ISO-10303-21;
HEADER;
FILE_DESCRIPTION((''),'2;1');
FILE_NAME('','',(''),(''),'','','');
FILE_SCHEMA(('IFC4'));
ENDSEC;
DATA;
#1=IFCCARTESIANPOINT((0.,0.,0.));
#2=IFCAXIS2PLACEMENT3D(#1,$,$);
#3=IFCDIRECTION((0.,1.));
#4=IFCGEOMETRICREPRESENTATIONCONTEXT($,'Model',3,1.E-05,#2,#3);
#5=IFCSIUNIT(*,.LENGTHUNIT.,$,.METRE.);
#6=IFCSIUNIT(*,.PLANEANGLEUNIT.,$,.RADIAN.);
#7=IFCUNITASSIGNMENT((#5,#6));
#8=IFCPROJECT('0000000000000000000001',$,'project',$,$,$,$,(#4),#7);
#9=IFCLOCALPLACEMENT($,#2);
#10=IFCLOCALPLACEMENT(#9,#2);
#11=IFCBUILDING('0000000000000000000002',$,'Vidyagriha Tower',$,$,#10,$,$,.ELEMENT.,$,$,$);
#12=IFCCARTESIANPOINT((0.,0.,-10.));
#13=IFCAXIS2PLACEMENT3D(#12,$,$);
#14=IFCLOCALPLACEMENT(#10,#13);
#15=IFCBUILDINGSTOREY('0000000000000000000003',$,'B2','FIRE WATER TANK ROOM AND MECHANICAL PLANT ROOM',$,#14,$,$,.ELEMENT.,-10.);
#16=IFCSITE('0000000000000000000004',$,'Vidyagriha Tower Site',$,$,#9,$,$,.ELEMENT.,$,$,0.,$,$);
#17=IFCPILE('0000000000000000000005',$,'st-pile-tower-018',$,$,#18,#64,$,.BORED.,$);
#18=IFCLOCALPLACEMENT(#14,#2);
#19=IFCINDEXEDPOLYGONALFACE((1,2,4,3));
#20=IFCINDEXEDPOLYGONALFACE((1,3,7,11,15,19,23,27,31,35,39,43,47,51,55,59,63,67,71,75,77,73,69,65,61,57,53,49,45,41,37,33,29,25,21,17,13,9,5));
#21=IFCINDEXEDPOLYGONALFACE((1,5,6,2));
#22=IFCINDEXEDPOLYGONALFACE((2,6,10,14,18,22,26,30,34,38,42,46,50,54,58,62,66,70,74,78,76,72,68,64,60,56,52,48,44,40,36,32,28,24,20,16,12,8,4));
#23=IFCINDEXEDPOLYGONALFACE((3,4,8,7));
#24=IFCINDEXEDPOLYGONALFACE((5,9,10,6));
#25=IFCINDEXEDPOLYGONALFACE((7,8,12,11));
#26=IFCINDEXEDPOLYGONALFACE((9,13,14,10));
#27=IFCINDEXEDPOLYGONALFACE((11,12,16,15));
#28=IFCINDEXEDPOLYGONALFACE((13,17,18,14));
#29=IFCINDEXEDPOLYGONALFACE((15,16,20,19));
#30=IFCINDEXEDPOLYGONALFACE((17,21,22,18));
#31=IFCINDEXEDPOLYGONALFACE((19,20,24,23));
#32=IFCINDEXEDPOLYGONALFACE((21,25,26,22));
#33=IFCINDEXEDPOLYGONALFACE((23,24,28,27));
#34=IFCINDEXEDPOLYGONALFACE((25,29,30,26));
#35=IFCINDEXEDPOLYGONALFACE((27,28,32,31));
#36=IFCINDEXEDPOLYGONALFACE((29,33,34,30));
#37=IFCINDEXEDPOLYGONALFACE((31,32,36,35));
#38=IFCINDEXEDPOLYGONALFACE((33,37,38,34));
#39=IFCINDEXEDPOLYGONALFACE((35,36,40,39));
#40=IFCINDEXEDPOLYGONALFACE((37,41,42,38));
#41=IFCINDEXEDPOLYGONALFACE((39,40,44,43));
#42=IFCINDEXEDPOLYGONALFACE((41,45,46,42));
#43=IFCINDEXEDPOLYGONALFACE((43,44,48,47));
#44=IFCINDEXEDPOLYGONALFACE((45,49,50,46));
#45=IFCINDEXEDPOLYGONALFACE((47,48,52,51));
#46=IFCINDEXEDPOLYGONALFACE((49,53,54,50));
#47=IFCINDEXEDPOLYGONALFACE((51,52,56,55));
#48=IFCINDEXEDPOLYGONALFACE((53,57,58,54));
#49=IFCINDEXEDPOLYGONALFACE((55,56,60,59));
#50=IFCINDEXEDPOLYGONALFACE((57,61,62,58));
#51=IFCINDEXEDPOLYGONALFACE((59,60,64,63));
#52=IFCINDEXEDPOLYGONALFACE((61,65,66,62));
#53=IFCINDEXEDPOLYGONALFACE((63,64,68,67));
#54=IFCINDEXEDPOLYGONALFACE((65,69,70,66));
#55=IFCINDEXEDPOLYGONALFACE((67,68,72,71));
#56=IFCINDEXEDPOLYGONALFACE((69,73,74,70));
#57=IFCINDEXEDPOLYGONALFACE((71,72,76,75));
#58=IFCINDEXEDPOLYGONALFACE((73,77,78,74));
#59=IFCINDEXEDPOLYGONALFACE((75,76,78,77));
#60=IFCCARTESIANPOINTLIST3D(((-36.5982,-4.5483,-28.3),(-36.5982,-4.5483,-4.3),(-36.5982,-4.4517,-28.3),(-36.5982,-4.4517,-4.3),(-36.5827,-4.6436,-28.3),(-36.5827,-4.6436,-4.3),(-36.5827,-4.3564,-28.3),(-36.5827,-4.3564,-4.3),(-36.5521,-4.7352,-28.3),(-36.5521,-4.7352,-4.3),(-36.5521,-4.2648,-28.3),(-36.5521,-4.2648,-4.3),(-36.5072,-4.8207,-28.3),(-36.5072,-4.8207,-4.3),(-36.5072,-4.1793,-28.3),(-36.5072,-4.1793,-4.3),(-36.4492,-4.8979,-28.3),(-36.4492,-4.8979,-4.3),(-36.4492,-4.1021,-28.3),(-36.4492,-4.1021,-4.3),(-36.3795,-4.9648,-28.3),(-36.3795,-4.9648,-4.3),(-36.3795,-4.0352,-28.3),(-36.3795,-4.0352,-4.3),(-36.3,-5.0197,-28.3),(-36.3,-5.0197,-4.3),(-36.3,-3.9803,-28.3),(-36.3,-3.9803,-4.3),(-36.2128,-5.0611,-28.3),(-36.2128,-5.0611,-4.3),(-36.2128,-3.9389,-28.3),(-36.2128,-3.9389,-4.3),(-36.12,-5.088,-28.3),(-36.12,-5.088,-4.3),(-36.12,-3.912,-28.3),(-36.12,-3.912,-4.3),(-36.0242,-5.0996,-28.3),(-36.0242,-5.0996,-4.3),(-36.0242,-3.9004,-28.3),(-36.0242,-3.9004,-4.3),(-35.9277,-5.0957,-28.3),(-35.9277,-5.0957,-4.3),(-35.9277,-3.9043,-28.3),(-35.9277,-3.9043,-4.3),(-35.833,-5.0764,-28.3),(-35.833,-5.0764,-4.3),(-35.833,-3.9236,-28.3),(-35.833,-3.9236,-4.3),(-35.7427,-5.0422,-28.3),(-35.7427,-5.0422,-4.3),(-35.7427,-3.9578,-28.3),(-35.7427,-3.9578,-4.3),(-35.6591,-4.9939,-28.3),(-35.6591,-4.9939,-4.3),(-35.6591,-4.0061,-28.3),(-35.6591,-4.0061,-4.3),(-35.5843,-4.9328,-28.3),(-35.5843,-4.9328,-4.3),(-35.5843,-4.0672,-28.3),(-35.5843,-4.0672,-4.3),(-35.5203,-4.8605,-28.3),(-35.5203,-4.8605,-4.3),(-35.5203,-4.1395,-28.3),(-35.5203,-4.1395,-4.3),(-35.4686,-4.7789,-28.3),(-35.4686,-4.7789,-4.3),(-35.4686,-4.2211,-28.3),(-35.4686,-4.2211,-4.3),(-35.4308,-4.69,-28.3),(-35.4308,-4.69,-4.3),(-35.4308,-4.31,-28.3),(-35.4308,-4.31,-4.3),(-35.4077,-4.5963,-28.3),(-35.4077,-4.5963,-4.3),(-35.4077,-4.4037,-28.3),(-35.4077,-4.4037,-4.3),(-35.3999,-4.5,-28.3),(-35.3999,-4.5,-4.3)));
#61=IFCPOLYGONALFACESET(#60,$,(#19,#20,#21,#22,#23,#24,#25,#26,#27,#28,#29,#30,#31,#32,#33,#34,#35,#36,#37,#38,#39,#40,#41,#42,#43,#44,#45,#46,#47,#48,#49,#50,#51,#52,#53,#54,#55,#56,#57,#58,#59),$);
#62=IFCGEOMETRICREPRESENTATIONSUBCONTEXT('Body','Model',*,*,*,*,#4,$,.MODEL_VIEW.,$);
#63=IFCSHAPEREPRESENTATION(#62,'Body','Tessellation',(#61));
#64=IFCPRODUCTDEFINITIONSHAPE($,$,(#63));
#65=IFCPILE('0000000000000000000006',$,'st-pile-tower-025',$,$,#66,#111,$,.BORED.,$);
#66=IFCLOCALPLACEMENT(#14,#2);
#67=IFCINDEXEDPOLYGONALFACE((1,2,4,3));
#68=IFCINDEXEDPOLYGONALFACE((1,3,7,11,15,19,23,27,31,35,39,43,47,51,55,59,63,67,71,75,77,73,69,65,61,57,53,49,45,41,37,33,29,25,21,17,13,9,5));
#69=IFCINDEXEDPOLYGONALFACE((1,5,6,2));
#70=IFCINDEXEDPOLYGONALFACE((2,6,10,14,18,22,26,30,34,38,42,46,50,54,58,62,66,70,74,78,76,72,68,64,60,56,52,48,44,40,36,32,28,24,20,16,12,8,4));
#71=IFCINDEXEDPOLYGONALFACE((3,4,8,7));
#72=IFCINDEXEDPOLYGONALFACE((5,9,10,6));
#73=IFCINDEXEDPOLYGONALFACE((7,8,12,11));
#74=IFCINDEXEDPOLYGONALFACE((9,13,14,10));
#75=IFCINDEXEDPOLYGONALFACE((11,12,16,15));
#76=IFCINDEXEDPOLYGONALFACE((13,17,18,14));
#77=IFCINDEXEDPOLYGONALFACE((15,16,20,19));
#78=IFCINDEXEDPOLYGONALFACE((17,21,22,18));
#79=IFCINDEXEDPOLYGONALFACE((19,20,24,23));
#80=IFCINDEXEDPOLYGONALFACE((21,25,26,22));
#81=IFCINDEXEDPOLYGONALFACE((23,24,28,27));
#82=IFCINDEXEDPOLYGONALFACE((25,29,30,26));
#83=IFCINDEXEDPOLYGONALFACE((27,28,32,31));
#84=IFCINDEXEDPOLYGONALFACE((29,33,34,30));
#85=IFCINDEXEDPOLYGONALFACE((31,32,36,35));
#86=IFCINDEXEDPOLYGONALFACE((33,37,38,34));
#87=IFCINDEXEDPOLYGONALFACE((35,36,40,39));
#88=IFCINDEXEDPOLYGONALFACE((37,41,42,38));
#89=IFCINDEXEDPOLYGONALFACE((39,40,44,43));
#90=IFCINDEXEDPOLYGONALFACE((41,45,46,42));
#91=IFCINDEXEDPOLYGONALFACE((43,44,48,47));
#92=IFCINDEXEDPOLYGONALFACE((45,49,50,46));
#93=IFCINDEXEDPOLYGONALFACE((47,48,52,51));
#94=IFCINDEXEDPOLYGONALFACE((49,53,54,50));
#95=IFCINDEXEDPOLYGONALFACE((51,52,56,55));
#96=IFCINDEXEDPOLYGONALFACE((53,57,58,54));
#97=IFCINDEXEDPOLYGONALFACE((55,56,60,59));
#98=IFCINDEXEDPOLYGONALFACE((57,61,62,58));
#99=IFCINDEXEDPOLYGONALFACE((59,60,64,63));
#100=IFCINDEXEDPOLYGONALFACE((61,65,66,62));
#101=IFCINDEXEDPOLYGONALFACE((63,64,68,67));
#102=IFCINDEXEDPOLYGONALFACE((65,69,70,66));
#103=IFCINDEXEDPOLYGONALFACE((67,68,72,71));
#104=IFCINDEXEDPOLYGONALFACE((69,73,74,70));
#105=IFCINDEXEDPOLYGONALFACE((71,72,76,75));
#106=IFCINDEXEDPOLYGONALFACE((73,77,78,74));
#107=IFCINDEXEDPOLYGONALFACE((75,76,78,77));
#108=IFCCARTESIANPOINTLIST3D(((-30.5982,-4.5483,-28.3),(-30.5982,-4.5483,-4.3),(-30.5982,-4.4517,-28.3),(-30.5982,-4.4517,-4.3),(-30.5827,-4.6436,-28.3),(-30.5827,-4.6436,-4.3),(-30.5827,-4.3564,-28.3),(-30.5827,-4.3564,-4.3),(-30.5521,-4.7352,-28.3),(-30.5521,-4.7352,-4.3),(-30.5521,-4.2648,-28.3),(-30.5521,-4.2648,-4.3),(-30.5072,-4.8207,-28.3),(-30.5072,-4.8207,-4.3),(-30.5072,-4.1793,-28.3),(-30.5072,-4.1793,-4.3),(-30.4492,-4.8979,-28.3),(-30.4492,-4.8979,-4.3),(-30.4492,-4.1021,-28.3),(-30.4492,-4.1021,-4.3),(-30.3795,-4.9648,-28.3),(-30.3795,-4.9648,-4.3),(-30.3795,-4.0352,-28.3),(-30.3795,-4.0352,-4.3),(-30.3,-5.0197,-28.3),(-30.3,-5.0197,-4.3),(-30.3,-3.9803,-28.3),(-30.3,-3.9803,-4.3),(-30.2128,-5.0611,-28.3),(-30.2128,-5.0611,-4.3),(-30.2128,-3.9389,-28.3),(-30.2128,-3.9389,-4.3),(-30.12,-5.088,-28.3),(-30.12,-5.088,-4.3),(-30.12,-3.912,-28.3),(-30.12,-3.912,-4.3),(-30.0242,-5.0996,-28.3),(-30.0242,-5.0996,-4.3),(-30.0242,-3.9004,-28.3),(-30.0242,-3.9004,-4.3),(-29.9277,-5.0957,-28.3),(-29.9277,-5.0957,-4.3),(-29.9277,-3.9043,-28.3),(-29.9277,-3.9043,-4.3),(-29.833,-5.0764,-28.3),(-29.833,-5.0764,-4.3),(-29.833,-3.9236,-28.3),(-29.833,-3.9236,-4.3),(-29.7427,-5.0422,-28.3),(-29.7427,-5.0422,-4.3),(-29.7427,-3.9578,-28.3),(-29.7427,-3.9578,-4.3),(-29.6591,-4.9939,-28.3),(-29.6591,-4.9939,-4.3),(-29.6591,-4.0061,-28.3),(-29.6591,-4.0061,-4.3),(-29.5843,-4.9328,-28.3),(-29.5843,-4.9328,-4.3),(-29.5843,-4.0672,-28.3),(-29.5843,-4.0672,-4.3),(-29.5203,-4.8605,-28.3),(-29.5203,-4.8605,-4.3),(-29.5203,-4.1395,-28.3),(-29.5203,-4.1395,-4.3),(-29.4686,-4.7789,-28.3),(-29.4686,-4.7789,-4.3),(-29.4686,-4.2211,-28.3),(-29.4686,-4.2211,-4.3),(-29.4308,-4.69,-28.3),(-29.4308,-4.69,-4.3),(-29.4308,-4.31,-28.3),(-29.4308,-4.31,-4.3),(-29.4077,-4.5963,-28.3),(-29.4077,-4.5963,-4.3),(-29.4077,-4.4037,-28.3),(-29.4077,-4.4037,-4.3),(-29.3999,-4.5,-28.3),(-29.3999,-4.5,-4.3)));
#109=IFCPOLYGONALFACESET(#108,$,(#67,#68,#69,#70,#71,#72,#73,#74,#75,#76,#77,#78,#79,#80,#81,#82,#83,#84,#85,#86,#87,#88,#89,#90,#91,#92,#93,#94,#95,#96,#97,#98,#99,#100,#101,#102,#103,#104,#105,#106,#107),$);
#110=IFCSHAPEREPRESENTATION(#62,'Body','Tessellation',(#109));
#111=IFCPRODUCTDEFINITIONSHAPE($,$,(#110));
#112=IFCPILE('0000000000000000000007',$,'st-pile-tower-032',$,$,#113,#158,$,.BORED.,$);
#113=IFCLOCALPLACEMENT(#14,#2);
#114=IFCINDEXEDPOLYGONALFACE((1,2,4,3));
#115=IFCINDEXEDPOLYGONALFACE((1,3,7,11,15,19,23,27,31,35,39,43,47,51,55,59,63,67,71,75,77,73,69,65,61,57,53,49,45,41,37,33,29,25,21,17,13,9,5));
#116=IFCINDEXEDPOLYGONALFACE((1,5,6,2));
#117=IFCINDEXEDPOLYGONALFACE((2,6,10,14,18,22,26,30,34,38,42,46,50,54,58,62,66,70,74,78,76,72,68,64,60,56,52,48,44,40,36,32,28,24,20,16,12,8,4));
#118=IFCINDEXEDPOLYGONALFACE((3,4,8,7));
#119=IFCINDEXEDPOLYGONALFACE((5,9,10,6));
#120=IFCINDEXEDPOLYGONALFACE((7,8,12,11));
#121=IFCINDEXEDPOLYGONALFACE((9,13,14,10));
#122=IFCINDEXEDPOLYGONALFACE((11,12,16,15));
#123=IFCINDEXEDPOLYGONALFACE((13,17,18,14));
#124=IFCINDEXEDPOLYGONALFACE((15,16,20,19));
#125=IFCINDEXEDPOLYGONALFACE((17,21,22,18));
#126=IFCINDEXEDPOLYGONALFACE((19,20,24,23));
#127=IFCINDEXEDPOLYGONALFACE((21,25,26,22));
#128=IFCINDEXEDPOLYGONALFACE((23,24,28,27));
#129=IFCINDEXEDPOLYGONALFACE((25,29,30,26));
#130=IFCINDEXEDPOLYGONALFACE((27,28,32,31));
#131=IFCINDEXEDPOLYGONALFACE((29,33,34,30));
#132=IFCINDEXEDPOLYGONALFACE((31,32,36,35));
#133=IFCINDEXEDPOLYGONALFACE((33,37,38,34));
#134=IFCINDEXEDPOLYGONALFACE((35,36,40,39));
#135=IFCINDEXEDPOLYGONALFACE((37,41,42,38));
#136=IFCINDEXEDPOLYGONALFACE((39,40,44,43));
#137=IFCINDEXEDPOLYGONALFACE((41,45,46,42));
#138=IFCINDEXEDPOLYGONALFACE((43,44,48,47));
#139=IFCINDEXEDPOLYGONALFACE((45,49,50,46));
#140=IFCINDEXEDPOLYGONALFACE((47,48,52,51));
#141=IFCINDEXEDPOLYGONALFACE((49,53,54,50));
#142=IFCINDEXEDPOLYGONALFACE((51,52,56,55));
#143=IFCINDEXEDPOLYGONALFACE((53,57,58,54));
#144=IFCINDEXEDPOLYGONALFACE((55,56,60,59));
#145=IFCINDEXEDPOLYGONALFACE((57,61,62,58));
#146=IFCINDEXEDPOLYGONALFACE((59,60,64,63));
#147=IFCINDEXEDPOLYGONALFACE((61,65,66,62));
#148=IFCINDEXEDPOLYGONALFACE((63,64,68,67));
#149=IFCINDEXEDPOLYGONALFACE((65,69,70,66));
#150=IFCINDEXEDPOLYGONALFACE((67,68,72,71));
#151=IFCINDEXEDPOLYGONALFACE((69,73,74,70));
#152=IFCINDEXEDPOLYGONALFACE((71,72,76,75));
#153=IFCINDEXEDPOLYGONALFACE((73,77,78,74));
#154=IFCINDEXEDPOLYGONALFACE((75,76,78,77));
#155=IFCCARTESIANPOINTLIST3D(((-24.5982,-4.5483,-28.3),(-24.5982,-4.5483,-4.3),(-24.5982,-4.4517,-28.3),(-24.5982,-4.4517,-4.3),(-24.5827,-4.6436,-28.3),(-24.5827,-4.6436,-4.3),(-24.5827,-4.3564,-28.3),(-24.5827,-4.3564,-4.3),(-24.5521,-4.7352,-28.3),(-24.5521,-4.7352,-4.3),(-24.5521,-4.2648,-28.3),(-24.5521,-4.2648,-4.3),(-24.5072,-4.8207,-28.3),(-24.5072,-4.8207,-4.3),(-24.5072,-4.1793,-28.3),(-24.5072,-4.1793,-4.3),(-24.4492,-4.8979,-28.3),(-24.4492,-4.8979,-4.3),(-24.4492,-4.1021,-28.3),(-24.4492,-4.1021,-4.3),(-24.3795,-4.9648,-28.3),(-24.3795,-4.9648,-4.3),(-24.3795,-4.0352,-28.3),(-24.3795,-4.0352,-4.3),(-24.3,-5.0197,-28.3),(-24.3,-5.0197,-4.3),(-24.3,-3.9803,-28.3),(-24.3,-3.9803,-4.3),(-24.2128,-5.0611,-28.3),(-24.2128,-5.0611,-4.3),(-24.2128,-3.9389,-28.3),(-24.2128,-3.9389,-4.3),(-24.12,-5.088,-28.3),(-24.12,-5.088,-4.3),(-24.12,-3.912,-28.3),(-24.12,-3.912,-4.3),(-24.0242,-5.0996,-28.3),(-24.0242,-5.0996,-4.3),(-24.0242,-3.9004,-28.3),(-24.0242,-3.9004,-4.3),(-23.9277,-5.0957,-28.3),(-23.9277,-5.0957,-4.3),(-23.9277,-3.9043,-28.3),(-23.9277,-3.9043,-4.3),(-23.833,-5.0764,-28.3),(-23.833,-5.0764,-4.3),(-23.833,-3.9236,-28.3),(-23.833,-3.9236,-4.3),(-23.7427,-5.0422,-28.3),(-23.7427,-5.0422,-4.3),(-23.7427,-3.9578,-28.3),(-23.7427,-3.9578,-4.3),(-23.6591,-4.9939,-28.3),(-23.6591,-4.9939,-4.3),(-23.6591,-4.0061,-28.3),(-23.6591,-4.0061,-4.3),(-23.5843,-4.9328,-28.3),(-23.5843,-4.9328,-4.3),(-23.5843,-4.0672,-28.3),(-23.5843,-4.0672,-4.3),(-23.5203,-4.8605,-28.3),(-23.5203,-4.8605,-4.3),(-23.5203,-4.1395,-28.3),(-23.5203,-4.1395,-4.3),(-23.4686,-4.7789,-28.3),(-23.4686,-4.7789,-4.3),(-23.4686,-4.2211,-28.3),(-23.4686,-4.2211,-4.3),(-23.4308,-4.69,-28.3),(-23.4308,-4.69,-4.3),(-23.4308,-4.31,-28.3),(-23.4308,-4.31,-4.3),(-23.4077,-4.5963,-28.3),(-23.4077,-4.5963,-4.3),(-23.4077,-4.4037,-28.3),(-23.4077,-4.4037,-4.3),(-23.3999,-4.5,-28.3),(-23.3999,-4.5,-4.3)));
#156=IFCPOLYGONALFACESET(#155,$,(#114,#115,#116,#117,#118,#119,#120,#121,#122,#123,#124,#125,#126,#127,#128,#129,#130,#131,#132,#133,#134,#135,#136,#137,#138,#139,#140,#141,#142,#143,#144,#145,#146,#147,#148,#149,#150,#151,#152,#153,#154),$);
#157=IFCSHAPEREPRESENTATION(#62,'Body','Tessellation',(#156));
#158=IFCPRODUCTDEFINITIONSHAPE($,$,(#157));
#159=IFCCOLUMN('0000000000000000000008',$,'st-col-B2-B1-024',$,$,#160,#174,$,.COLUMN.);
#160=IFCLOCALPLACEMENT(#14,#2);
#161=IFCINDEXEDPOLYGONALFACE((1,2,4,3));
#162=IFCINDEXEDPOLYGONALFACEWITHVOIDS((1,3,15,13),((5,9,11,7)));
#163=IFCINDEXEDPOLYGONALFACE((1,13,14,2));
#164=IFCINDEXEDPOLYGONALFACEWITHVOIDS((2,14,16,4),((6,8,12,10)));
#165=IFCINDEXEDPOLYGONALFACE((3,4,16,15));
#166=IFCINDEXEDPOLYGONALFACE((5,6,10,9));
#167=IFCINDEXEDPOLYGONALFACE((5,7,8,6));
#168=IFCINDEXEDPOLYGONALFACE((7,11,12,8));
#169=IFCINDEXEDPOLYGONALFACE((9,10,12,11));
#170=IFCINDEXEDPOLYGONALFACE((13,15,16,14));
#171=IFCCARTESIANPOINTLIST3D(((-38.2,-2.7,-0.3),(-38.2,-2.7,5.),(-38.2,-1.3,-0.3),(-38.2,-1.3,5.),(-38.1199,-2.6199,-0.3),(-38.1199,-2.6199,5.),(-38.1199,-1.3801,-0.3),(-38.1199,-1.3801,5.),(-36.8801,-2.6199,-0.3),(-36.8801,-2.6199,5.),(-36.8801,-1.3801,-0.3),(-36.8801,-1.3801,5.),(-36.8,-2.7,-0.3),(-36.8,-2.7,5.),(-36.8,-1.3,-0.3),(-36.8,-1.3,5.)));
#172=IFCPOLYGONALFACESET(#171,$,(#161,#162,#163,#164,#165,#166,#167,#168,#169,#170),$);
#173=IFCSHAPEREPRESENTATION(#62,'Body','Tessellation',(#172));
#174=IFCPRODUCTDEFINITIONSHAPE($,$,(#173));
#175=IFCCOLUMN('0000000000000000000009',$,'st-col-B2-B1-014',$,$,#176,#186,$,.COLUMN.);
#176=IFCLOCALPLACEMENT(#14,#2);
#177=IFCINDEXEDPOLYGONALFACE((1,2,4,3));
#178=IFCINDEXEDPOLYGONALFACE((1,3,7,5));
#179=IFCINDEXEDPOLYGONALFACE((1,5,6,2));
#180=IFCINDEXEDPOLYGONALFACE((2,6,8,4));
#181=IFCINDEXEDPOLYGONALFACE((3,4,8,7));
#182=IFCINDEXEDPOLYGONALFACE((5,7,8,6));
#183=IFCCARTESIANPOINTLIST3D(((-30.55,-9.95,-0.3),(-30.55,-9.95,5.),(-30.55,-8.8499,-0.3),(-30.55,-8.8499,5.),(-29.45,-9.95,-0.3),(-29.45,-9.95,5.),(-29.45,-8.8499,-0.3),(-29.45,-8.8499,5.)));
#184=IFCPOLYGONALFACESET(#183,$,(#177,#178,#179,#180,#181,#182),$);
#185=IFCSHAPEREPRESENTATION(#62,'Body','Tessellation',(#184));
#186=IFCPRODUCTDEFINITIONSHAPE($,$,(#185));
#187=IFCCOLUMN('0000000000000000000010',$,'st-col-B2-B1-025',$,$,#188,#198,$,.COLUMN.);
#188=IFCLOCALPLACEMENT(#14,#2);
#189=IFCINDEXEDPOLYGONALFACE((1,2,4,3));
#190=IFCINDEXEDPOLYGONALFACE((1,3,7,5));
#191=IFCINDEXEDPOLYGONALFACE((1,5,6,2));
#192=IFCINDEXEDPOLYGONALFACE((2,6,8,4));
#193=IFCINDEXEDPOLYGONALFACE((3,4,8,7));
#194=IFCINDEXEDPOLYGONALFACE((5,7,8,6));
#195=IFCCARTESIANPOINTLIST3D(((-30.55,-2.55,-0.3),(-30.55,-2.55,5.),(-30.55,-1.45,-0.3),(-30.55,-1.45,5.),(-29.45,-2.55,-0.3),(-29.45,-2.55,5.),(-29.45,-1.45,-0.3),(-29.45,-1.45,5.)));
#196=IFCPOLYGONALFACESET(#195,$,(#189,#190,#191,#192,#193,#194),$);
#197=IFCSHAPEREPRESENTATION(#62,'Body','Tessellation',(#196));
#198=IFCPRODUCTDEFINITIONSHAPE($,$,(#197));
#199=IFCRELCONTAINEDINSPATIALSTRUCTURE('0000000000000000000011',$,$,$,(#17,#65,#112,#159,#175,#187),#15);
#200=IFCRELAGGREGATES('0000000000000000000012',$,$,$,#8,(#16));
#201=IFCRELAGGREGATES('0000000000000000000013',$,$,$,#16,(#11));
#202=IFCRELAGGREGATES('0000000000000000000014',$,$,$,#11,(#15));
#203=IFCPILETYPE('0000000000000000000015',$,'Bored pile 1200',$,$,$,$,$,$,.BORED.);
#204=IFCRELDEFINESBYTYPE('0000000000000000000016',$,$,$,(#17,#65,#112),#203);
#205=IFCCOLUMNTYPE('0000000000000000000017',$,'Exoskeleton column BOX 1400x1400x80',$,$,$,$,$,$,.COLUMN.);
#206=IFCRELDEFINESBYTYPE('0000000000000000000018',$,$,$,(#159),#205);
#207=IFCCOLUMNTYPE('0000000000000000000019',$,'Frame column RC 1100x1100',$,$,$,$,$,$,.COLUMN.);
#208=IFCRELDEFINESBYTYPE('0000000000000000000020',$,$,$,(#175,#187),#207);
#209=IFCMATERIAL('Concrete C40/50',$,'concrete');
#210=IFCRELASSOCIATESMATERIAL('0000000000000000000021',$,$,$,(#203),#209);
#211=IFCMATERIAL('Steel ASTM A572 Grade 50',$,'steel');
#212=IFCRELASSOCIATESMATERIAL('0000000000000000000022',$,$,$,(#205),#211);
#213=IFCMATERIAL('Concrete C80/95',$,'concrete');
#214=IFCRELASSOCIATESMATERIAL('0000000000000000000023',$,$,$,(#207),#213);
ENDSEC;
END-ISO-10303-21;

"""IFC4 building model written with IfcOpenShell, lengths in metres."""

from ifc_helpers import new_model, si_unit, direction, frame, origin, origin_2d, place, context, subcontext, project, spatial, rectangle, hollow_rectangle, circle, extrude, material, material_profile, profile_set, type_object, element, save


model = new_model("IFC4")

# Units and contexts
model_context = context("Model", 3, precision=1e-05, world=origin(), true_north=direction((0.0, 1.0)))
body_context = subcontext(model_context, "Body", "Model", "MODEL_VIEW")
ifc_project = project(units=[si_unit("LENGTHUNIT", "METRE"), si_unit("PLANEANGLEUNIT", "RADIAN")], contexts=[model_context])

# Site, building, storey
site_placement = place(None, origin())
site = spatial("IfcSite", under=ifc_project, at=site_placement, Name="Vidyagriha Tower Site", CompositionType="ELEMENT", RefElevation=0.0)
building_placement = place(site_placement, origin())
building = spatial("IfcBuilding", under=site, at=building_placement, Name="Vidyagriha Tower", CompositionType="ELEMENT")
storey_placement = place(building_placement, frame((0.0, 0.0, -10.0)))
storey = spatial("IfcBuildingStorey", under=building, at=storey_placement, Name="B2", Description="FIRE WATER TANK ROOM AND MECHANICAL PLANT ROOM", CompositionType="ELEMENT", Elevation=-10.0)

# Piles
ifc_material_1 = material(Name="Concrete C40/50", Category="concrete")
ifc_material_profile_1 = material_profile(ifc_material_1, circle(Radius=0.6001, at=origin_2d()), Name="Bored pile 1200")
ifc_profile_set_1 = profile_set([ifc_material_profile_1], Name="Concrete C40/50")
pile_type = type_object("IfcPileType", Name="Bored pile 1200", PredefinedType="BORED", material=ifc_profile_set_1)
for number, where, z_axis, x_axis, name in (
    (1, (-36.0, -4.5, -4.3), (0.0, 0.0, -1.0), (1.0, 0.0, 0.0), "st-pile-tower-018"),
    (2, (-30.0, -4.5, -4.3), (0.0, 0.0, -1.0), (1.0, 0.0, 0.0), "st-pile-tower-025"),
    (3, (-24.0, -4.5, -4.3), (0.0, 0.0, -1.0), (1.0, 0.0, 0.0), "st-pile-tower-032"),
):
    element("IfcPile", number, at=place(storey_placement, frame(where, z_axis=z_axis, x_axis=x_axis)), inside=storey, type_object=pile_type, Name=name, PredefinedType="BORED", context=body_context, shape_type="SweptSolid", body=[
        extrude(circle(Radius=0.6001, at=origin_2d()), origin(), (0.0, 0.0, 1.0), 24.0),
    ])

# Columns
ifc_material_2 = material(Name="Steel ASTM A572 Grade 50", Category="steel")
ifc_material_profile_2 = material_profile(ifc_material_2, hollow_rectangle(XDim=1.3999, YDim=1.3999, WallThickness=0.0801, at=origin_2d()), Name="BOX 1400x1400x80")
ifc_profile_set_2 = profile_set([ifc_material_profile_2], Name="Steel ASTM A572 Grade 50")
column_type_1 = type_object("IfcColumnType", Name="Exoskeleton column BOX 1400x1400x80", PredefinedType="COLUMN", material=ifc_profile_set_2)
column_placement = place(storey_placement, frame((-37.5, -2.0, -0.3)))
element("IfcColumn", 4, at=column_placement, inside=storey, type_object=column_type_1, Name="st-col-B2-B1-024", PredefinedType="COLUMN", context=body_context, shape_type="SweptSolid", body=[
    extrude(hollow_rectangle(XDim=1.3999, YDim=1.3999, WallThickness=0.0801, at=origin_2d()), origin(), (0.0, 0.0, 1.0), 5.3),
])
ifc_material_3 = material(Name="Concrete C80/95", Category="concrete")
ifc_material_profile_3 = material_profile(ifc_material_3, rectangle(XDim=1.1001, YDim=1.1001, at=origin_2d()), Name="RC 1100x1100")
ifc_profile_set_3 = profile_set([ifc_material_profile_3], Name="Concrete C80/95")
column_type_2 = type_object("IfcColumnType", Name="Frame column RC 1100x1100", PredefinedType="COLUMN", material=ifc_profile_set_3)
for number, where, name in (
    (5, (-30.0, -9.3999, -0.3), "st-col-B2-B1-014"),
    (6, (-30.0, -2.0, -0.3), "st-col-B2-B1-025"),
):
    element("IfcColumn", number, at=place(storey_placement, frame(where)), inside=storey, type_object=column_type_2, Name=name, PredefinedType="COLUMN", context=body_context, shape_type="SweptSolid", body=[
        extrude(rectangle(XDim=1.1001, YDim=1.1001, at=origin_2d()), origin(), (0.0, 0.0, 1.0), 5.3),
    ])

save(model, "model.ifc")
